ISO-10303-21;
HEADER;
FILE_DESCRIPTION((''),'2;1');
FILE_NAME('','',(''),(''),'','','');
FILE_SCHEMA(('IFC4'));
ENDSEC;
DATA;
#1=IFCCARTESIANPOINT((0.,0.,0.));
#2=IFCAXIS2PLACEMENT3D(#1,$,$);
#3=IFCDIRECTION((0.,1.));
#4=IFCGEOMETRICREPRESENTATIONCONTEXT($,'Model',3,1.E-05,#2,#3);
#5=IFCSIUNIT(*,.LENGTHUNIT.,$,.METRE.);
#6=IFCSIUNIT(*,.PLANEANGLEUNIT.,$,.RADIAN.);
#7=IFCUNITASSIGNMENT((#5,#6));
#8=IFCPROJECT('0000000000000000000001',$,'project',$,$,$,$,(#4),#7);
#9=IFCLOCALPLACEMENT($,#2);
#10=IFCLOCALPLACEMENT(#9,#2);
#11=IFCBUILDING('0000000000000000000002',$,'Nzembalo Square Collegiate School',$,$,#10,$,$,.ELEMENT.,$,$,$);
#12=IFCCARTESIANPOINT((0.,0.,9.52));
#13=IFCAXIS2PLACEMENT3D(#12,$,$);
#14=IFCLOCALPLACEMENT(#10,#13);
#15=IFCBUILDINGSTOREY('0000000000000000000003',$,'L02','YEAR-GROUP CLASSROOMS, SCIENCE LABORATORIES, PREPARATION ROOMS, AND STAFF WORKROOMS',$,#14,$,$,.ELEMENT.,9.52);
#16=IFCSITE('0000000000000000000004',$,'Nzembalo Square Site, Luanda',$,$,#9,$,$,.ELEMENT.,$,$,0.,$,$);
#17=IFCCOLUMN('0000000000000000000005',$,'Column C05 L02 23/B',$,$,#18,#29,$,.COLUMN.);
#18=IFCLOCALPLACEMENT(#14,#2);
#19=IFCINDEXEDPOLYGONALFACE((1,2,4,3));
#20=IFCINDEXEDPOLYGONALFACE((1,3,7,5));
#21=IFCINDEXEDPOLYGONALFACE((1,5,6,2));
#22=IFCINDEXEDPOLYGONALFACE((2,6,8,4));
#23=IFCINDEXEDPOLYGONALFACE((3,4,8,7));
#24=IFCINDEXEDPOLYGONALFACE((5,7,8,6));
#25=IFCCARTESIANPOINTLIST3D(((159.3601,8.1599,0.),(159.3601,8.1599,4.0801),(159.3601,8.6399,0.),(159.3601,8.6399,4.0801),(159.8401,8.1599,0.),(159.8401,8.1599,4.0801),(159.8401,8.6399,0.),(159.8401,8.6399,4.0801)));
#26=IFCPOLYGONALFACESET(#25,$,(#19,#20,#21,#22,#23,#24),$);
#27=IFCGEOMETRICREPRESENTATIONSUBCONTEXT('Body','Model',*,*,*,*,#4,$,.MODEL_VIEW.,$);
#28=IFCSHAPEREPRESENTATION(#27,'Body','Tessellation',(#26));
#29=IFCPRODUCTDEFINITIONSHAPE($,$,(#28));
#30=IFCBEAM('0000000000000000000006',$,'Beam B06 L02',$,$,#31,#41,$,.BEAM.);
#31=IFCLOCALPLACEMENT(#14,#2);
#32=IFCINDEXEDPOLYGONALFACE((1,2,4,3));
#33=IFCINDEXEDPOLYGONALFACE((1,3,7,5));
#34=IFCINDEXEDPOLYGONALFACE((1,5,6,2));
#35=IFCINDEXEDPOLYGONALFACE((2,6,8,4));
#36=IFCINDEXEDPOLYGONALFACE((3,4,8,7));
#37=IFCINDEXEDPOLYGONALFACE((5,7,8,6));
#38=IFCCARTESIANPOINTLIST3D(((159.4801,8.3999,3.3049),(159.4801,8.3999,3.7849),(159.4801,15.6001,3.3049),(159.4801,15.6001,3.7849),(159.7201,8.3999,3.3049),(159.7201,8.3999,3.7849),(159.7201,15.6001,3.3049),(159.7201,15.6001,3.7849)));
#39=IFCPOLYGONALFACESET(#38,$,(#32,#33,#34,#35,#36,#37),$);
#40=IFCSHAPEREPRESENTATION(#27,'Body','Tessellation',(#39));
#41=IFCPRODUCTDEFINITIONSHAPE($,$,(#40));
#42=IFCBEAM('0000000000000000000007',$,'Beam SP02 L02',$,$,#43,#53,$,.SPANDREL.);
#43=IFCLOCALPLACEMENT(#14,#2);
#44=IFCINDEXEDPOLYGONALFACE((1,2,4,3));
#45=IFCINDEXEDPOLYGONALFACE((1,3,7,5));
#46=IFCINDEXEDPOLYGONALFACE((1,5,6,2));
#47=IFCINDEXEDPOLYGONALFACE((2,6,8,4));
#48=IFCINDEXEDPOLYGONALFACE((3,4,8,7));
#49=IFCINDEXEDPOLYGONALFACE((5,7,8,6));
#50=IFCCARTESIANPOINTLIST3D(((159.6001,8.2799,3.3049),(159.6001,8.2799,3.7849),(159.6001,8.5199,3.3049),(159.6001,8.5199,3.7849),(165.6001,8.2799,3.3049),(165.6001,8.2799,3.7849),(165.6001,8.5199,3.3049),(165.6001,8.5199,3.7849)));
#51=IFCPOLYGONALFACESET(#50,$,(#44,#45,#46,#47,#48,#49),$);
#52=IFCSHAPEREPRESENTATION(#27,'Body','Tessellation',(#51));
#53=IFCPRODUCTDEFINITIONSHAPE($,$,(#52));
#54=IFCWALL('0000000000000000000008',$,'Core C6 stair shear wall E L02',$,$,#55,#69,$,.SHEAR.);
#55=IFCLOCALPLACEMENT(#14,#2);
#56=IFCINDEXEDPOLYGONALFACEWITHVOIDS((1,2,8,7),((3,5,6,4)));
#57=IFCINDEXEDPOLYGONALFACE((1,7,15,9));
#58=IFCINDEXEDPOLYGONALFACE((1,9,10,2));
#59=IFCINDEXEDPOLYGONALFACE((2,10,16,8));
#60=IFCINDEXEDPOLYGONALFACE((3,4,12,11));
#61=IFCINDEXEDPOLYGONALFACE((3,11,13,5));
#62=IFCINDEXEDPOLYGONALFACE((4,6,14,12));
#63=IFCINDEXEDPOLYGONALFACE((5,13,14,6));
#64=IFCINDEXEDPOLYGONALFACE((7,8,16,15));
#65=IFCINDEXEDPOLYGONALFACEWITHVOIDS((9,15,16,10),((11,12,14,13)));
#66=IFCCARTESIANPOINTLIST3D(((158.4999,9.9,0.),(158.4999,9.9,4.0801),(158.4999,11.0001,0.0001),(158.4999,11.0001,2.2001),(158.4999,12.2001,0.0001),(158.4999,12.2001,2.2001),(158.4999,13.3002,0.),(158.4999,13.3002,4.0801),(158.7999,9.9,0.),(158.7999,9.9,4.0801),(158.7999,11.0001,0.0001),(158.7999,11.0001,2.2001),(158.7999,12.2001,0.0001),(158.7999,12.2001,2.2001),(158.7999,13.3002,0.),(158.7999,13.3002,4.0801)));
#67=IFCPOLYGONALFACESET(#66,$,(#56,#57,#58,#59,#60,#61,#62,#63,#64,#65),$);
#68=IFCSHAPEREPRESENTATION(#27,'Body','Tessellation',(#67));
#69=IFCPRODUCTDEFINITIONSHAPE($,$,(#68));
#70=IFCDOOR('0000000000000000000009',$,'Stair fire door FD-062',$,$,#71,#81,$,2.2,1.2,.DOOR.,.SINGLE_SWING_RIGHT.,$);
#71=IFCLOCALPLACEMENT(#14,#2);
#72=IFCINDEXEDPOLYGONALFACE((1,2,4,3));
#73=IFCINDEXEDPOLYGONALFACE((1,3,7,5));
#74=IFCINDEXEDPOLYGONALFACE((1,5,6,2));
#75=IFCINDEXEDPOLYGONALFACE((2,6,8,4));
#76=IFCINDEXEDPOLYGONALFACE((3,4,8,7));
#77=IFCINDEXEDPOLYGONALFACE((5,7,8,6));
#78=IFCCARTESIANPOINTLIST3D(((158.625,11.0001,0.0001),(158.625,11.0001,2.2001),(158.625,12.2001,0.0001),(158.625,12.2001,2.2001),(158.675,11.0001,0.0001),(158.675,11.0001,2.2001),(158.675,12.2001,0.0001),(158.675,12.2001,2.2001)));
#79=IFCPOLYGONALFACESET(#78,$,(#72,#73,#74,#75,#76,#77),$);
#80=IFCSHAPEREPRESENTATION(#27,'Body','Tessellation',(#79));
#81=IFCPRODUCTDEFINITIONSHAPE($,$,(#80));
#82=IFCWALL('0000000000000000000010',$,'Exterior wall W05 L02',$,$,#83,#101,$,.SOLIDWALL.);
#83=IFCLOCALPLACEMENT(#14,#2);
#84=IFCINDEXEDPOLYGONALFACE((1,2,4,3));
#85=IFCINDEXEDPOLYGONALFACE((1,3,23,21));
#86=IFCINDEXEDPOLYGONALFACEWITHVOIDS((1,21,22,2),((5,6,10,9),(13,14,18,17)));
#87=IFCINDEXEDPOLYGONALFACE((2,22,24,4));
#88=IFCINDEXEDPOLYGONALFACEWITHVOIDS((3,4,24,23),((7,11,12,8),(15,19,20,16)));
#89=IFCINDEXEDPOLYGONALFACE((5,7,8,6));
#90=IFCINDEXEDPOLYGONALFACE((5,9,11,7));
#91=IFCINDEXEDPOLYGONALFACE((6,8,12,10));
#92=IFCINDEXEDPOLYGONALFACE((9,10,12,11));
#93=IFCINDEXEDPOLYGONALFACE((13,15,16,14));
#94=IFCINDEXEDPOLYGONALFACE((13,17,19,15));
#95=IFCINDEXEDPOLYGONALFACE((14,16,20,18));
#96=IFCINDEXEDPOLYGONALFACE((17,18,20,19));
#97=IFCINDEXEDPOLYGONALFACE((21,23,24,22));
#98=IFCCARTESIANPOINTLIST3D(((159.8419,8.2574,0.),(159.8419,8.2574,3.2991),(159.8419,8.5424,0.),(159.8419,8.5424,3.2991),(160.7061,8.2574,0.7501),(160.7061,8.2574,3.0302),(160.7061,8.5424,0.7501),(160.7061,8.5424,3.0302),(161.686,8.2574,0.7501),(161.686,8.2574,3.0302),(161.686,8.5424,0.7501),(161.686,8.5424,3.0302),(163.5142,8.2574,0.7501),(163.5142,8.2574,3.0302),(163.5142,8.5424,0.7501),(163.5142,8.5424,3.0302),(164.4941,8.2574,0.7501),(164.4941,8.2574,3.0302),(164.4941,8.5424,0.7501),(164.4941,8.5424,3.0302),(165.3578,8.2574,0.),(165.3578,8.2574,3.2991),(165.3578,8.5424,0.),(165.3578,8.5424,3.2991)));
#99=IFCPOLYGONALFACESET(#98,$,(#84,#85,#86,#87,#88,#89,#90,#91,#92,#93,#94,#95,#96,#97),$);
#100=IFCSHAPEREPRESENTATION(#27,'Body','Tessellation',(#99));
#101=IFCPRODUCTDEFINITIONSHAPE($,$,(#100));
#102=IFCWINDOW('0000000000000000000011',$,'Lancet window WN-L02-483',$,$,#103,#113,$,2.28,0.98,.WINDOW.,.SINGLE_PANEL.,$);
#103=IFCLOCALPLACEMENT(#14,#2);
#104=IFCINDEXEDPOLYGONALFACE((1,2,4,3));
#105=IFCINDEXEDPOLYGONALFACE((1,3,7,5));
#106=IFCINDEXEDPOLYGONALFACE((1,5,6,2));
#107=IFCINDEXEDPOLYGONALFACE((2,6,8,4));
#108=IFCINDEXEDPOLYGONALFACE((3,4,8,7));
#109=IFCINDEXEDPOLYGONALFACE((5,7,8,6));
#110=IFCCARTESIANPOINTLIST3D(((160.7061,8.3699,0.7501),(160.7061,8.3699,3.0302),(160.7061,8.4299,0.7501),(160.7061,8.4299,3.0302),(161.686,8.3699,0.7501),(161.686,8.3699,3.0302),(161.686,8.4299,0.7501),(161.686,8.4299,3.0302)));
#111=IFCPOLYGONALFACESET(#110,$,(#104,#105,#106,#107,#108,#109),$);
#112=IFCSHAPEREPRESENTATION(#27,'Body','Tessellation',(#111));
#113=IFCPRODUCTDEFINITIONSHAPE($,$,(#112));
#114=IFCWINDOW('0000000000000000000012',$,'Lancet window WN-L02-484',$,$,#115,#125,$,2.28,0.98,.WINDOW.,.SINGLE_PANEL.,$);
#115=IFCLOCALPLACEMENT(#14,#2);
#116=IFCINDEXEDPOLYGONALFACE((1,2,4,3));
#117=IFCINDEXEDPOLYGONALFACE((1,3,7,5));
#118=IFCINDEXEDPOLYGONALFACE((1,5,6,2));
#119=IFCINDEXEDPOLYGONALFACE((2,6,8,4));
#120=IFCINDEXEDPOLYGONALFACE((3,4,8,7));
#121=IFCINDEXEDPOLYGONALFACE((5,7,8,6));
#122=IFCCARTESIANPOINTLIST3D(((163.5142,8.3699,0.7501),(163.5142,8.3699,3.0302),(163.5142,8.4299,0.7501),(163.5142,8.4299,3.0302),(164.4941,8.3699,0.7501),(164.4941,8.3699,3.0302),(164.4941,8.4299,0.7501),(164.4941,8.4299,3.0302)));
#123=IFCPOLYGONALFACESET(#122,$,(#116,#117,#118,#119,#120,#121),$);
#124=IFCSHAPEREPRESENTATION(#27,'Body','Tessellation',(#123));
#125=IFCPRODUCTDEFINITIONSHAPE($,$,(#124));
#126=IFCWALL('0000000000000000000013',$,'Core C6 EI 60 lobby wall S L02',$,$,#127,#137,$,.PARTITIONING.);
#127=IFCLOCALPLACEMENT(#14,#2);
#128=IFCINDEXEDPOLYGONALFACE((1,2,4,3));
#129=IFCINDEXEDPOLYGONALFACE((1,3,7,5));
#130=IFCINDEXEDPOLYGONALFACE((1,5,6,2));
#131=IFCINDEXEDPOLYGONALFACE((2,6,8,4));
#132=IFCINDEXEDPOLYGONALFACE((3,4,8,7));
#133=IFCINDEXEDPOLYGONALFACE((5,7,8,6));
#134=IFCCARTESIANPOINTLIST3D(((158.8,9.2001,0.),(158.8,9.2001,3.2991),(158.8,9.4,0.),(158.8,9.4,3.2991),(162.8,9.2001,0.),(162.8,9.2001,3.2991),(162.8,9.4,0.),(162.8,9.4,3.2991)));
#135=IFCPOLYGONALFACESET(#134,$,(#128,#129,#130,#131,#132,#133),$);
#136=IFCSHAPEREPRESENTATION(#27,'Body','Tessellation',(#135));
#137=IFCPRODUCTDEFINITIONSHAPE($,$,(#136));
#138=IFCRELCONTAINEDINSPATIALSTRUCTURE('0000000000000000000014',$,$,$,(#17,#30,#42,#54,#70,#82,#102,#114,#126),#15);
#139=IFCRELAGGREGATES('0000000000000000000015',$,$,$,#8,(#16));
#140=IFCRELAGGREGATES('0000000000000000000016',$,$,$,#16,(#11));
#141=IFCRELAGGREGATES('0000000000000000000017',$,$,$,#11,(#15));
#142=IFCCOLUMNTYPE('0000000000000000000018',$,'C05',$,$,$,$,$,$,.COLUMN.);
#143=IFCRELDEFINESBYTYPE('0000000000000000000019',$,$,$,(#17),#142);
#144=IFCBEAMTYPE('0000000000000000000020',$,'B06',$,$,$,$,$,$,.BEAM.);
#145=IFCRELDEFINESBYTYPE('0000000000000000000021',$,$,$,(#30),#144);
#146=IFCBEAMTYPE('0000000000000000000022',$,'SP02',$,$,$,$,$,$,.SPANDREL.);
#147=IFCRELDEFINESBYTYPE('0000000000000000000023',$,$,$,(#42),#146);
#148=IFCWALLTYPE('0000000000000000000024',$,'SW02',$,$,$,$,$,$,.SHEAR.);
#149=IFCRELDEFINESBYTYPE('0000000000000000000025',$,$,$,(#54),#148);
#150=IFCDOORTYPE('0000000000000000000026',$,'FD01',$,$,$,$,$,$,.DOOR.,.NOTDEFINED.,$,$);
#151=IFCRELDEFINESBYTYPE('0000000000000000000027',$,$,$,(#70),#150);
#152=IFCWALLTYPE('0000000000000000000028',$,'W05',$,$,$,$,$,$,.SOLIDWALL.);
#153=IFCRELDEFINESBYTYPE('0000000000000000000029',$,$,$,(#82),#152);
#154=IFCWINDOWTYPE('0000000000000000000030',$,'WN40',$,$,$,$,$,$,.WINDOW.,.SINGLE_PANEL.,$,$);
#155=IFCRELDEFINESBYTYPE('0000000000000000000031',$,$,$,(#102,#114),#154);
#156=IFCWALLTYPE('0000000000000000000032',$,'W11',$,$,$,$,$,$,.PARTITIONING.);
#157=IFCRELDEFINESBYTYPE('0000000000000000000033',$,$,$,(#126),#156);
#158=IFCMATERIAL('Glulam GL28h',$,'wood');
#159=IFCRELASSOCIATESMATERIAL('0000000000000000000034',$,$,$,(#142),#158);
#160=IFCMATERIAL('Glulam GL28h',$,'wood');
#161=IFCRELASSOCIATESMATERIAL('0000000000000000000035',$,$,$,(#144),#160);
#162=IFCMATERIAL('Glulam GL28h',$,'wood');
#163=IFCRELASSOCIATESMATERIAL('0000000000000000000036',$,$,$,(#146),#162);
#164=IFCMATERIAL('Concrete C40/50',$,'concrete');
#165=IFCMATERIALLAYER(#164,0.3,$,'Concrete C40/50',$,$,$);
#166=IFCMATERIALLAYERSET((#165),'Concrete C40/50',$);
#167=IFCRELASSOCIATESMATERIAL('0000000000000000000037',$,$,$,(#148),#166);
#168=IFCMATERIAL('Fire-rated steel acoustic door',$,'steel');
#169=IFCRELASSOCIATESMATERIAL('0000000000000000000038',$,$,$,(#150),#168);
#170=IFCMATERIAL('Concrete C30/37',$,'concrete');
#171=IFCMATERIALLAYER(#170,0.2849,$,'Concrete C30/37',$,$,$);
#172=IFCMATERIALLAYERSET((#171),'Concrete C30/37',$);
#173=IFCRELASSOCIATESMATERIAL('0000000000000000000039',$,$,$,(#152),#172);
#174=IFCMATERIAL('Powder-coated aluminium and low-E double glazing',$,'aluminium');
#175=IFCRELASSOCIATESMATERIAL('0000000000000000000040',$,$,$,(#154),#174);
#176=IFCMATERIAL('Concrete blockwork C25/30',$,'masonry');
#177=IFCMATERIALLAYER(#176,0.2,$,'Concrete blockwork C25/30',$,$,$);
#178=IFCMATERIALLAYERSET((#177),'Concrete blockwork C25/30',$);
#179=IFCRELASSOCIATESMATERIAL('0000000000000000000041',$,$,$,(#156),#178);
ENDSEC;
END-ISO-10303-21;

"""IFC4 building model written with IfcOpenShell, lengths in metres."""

from ifc_helpers import new_model, si_unit, direction, frame, frame_2d, origin, origin_2d, place, context, subcontext, project, spatial, rectangle, extrude, material, layer, layer_set, material_profile, profile_set, type_object, element, fill, save


model = new_model("IFC4")

# Units and contexts
model_context = context("Model", 3, precision=1e-05, world=origin(), true_north=direction((0.0, 1.0)))
body_context = subcontext(model_context, "Body", "Model", "MODEL_VIEW")
ifc_project = project(units=[si_unit("LENGTHUNIT", "METRE"), si_unit("PLANEANGLEUNIT", "RADIAN")], contexts=[model_context])

# Site, building, storey
site_placement = place(None, origin())
site = spatial("IfcSite", under=ifc_project, at=site_placement, Name="Nzembalo Square Site, Luanda", CompositionType="ELEMENT", RefElevation=0.0)
building_placement = place(site_placement, origin())
building = spatial("IfcBuilding", under=site, at=building_placement, Name="Nzembalo Square Collegiate School", CompositionType="ELEMENT")
storey_placement = place(building_placement, frame((0.0, 0.0, 9.52)))
storey = spatial("IfcBuildingStorey", under=building, at=storey_placement, Name="L02", Description="YEAR-GROUP CLASSROOMS, SCIENCE LABORATORIES, PREPARATION ROOMS, AND STAFF WORKROOMS", CompositionType="ELEMENT", Elevation=9.52)

# Column
ifc_material_1 = material(Name="Glulam GL28h", Category="wood")
ifc_material_profile_1 = material_profile(ifc_material_1, rectangle(XDim=0.48, YDim=0.48, at=origin_2d()), Name="GL28h 480x480")
ifc_profile_set_1 = profile_set([ifc_material_profile_1], Name="Glulam GL28h")
column_type = type_object("IfcColumnType", Name="C05", PredefinedType="COLUMN", material=ifc_profile_set_1)
column_placement = place(storey_placement, frame((159.6001, 8.3999, 0.0), z_axis=(0.0, 0.0, 1.0), x_axis=(1.0, 0.0, 0.0)))
element("IfcColumn", 1, at=column_placement, inside=storey, type_object=column_type, Name="Column C05 L02 23/B", PredefinedType="COLUMN", context=body_context, shape_type="SweptSolid", body=[
    extrude(rectangle(XDim=0.48, YDim=0.48, at=origin_2d()), origin(), (0.0, 0.0, 1.0), 4.0801),
])

# Beams
ifc_material_2 = material(Name="Glulam GL28h", Category="wood")
ifc_material_profile_2 = material_profile(ifc_material_2, rectangle(XDim=0.24, YDim=0.48, at=origin_2d()), Name="GL28h 240x480")
ifc_profile_set_2 = profile_set([ifc_material_profile_2], Name="Glulam GL28h")
beam_type_1 = type_object("IfcBeamType", Name="B06", PredefinedType="BEAM", material=ifc_profile_set_2)
beam_1_placement = place(storey_placement, frame((159.6001, 8.3999, 3.5449), z_axis=(0.0, 1.0, 0.0), x_axis=(-1.0, 0.0, 0.0)))
element("IfcBeam", 2, at=beam_1_placement, inside=storey, type_object=beam_type_1, Name="Beam B06 L02", PredefinedType="BEAM", context=body_context, shape_type="SweptSolid", body=[
    extrude(rectangle(XDim=0.24, YDim=0.48, at=origin_2d()), origin(), (0.0, 0.0, 1.0), 7.2002),
])
ifc_material_3 = material(Name="Glulam GL28h", Category="wood")
ifc_material_profile_3 = material_profile(ifc_material_3, rectangle(XDim=0.24, YDim=0.48, at=origin_2d()), Name="GL28h 240x480")
ifc_profile_set_3 = profile_set([ifc_material_profile_3], Name="Glulam GL28h")
beam_type_2 = type_object("IfcBeamType", Name="SP02", PredefinedType="SPANDREL", material=ifc_profile_set_3)
beam_2_placement = place(storey_placement, frame((159.6001, 8.3999, 3.5449), z_axis=(1.0, 0.0, 0.0), x_axis=(0.0, 1.0, 0.0)))
element("IfcBeam", 3, at=beam_2_placement, inside=storey, type_object=beam_type_2, Name="Beam SP02 L02", PredefinedType="SPANDREL", context=body_context, shape_type="SweptSolid", body=[
    extrude(rectangle(XDim=0.24, YDim=0.48, at=origin_2d()), origin(), (0.0, 0.0, 1.0), 6.0),
])

# Wall, opening, door
ifc_material_4 = material(Name="Concrete C40/50", Category="concrete")
ifc_layer_1 = layer(ifc_material_4, 0.3, Name="Concrete C40/50")
ifc_layer_set_1 = layer_set([ifc_layer_1], Name="Concrete C40/50")
wall_type_1 = type_object("IfcWallType", Name="SW02", PredefinedType="SHEAR", material=ifc_layer_set_1)
wall_1_placement = place(storey_placement, frame((158.6499, 9.8999, 0.0), z_axis=(0.0, 0.0, 1.0), x_axis=(0.0, 1.0, 0.0)))
wall_1 = element("IfcWall", 4, at=wall_1_placement, inside=storey, type_object=wall_type_1, Name="Core C6 stair shear wall E L02", PredefinedType="SHEAR", context=body_context, shape_type="SweptSolid", body=[
    extrude(rectangle(XDim=3.4001, YDim=0.3, at=frame_2d((1.7002, 0.0))), origin(), (0.0, 0.0, 1.0), 4.0801),
])
opening_1_placement = place(wall_1_placement, frame((1.1001, 0.0, 0.0)))
opening_1 = element("IfcOpeningElement", 5, at=opening_1_placement, cuts=wall_1, PredefinedType="OPENING", context=body_context, shape_type="SweptSolid", body=[
    extrude(rectangle(XDim=1.2, YDim=2.2, at=frame_2d((0.6001, 1.1001))), frame((0.0, 0.1602, 0.0), z_axis=(0.0, -1.0, 0.0), x_axis=(1.0, 0.0, 0.0)), (0.0, 0.0, 1.0), 0.3201),
])
ifc_material_5 = material(Name="Fire-rated steel acoustic door", Category="steel")
door_type_1 = type_object("IfcDoorType", Name="FD01", OperationType="NOTDEFINED", PredefinedType="DOOR", material=ifc_material_5)
door_1_placement = place(opening_1_placement, origin())
door_1 = element("IfcDoor", 6, at=door_1_placement, inside=storey, type_object=door_type_1, Name="Stair fire door FD-062", OperationType="SINGLE_SWING_RIGHT", OverallHeight=2.2, OverallWidth=1.2, PredefinedType="DOOR", context=body_context, shape_type="SweptSolid", body=[
    extrude(rectangle(XDim=1.2, YDim=2.2, at=frame_2d((0.6001, 1.1001))), frame((0.0, 0.0249, 0.0), z_axis=(0.0, -1.0, 0.0), x_axis=(1.0, 0.0, 0.0)), (0.0, 0.0, 1.0), 0.05),
])
fill(opening_1, door_1)

# Wall, openings, windows
ifc_material_6 = material(Name="Concrete C30/37", Category="concrete")
ifc_layer_2 = layer(ifc_material_6, 0.2849, Name="Concrete C30/37")
ifc_layer_set_2 = layer_set([ifc_layer_2], Name="Concrete C30/37")
wall_type_2 = type_object("IfcWallType", Name="W05", PredefinedType="SOLIDWALL", material=ifc_layer_set_2)
wall_2_placement = place(storey_placement, frame((159.842, 8.3999, 0.0), z_axis=(0.0, 0.0, 1.0), x_axis=(1.0, 0.0, 0.0)))
wall_2 = element("IfcWall", 7, at=wall_2_placement, inside=storey, type_object=wall_type_2, Name="Exterior wall W05 L02", PredefinedType="SOLIDWALL", context=body_context, shape_type="SweptSolid", body=[
    extrude(rectangle(XDim=5.5159, YDim=0.2849, at=frame_2d((2.7578, 0.0))), origin(), (0.0, 0.0, 1.0), 3.2991),
])
opening_2_placement = place(wall_2_placement, frame((0.864, 0.0, 0.75)))
opening_2 = element("IfcOpeningElement", 8, at=opening_2_placement, cuts=wall_2, PredefinedType="OPENING", context=body_context, shape_type="SweptSolid", body=[
    extrude(rectangle(XDim=0.98, YDim=2.28, at=frame_2d((0.49, 1.1401))), frame((0.0, 0.1523, 0.0), z_axis=(0.0, -1.0, 0.0), x_axis=(1.0, 0.0, 0.0)), (0.0, 0.0, 1.0), 0.3049),
])
opening_3_placement = place(wall_2_placement, frame((3.6721, 0.0, 0.75)))
opening_3 = element("IfcOpeningElement", 9, at=opening_3_placement, cuts=wall_2, PredefinedType="OPENING", context=body_context, shape_type="SweptSolid", body=[
    extrude(rectangle(XDim=0.98, YDim=2.28, at=frame_2d((0.49, 1.1401))), frame((0.0, 0.1523, 0.0), z_axis=(0.0, -1.0, 0.0), x_axis=(1.0, 0.0, 0.0)), (0.0, 0.0, 1.0), 0.3049),
])
ifc_material_7 = material(Name="Powder-coated aluminium and low-E double glazing", Category="aluminium")
window_type = type_object("IfcWindowType", Name="WN40", PartitioningType="SINGLE_PANEL", PredefinedType="WINDOW", material=ifc_material_7)
window_1_placement = place(opening_2_placement, origin())
window_1 = element("IfcWindow", 10, at=window_1_placement, inside=storey, type_object=window_type, Name="Lancet window WN-L02-483", OverallHeight=2.28, OverallWidth=0.98, PartitioningType="SINGLE_PANEL", PredefinedType="WINDOW", context=body_context, shape_type="SweptSolid", body=[
    extrude(rectangle(XDim=0.98, YDim=2.28, at=frame_2d((0.49, 1.1401))), frame((0.0, 0.03, 0.0), z_axis=(0.0, -1.0, 0.0), x_axis=(1.0, 0.0, 0.0)), (0.0, 0.0, 1.0), 0.0601),
])
fill(opening_2, window_1)
window_2_placement = place(opening_3_placement, origin())
window_2 = element("IfcWindow", 11, at=window_2_placement, inside=storey, type_object=window_type, Name="Lancet window WN-L02-484", OverallHeight=2.28, OverallWidth=0.98, PartitioningType="SINGLE_PANEL", PredefinedType="WINDOW", context=body_context, shape_type="SweptSolid", body=[
    extrude(rectangle(XDim=0.98, YDim=2.28, at=frame_2d((0.49, 1.1401))), frame((0.0, 0.03, 0.0), z_axis=(0.0, -1.0, 0.0), x_axis=(1.0, 0.0, 0.0)), (0.0, 0.0, 1.0), 0.0601),
])
fill(opening_3, window_2)

# Wall
ifc_material_8 = material(Name="Concrete blockwork C25/30", Category="masonry")
ifc_layer_3 = layer(ifc_material_8, 0.2, Name="Concrete blockwork C25/30")
ifc_layer_set_3 = layer_set([ifc_layer_3], Name="Concrete blockwork C25/30")
wall_type_3 = type_object("IfcWallType", Name="W11", PredefinedType="PARTITIONING", material=ifc_layer_set_3)
wall_3_placement = place(storey_placement, frame((158.8, 9.3, 0.0), z_axis=(0.0, 0.0, 1.0), x_axis=(1.0, 0.0, 0.0)))
element("IfcWall", 12, at=wall_3_placement, inside=storey, type_object=wall_type_3, Name="Core C6 EI 60 lobby wall S L02", PredefinedType="PARTITIONING", context=body_context, shape_type="SweptSolid", body=[
    extrude(rectangle(XDim=4.0, YDim=0.2, at=frame_2d((2.0, 0.0))), origin(), (0.0, 0.0, 1.0), 3.2991),
])

save(model, "model.ifc")
